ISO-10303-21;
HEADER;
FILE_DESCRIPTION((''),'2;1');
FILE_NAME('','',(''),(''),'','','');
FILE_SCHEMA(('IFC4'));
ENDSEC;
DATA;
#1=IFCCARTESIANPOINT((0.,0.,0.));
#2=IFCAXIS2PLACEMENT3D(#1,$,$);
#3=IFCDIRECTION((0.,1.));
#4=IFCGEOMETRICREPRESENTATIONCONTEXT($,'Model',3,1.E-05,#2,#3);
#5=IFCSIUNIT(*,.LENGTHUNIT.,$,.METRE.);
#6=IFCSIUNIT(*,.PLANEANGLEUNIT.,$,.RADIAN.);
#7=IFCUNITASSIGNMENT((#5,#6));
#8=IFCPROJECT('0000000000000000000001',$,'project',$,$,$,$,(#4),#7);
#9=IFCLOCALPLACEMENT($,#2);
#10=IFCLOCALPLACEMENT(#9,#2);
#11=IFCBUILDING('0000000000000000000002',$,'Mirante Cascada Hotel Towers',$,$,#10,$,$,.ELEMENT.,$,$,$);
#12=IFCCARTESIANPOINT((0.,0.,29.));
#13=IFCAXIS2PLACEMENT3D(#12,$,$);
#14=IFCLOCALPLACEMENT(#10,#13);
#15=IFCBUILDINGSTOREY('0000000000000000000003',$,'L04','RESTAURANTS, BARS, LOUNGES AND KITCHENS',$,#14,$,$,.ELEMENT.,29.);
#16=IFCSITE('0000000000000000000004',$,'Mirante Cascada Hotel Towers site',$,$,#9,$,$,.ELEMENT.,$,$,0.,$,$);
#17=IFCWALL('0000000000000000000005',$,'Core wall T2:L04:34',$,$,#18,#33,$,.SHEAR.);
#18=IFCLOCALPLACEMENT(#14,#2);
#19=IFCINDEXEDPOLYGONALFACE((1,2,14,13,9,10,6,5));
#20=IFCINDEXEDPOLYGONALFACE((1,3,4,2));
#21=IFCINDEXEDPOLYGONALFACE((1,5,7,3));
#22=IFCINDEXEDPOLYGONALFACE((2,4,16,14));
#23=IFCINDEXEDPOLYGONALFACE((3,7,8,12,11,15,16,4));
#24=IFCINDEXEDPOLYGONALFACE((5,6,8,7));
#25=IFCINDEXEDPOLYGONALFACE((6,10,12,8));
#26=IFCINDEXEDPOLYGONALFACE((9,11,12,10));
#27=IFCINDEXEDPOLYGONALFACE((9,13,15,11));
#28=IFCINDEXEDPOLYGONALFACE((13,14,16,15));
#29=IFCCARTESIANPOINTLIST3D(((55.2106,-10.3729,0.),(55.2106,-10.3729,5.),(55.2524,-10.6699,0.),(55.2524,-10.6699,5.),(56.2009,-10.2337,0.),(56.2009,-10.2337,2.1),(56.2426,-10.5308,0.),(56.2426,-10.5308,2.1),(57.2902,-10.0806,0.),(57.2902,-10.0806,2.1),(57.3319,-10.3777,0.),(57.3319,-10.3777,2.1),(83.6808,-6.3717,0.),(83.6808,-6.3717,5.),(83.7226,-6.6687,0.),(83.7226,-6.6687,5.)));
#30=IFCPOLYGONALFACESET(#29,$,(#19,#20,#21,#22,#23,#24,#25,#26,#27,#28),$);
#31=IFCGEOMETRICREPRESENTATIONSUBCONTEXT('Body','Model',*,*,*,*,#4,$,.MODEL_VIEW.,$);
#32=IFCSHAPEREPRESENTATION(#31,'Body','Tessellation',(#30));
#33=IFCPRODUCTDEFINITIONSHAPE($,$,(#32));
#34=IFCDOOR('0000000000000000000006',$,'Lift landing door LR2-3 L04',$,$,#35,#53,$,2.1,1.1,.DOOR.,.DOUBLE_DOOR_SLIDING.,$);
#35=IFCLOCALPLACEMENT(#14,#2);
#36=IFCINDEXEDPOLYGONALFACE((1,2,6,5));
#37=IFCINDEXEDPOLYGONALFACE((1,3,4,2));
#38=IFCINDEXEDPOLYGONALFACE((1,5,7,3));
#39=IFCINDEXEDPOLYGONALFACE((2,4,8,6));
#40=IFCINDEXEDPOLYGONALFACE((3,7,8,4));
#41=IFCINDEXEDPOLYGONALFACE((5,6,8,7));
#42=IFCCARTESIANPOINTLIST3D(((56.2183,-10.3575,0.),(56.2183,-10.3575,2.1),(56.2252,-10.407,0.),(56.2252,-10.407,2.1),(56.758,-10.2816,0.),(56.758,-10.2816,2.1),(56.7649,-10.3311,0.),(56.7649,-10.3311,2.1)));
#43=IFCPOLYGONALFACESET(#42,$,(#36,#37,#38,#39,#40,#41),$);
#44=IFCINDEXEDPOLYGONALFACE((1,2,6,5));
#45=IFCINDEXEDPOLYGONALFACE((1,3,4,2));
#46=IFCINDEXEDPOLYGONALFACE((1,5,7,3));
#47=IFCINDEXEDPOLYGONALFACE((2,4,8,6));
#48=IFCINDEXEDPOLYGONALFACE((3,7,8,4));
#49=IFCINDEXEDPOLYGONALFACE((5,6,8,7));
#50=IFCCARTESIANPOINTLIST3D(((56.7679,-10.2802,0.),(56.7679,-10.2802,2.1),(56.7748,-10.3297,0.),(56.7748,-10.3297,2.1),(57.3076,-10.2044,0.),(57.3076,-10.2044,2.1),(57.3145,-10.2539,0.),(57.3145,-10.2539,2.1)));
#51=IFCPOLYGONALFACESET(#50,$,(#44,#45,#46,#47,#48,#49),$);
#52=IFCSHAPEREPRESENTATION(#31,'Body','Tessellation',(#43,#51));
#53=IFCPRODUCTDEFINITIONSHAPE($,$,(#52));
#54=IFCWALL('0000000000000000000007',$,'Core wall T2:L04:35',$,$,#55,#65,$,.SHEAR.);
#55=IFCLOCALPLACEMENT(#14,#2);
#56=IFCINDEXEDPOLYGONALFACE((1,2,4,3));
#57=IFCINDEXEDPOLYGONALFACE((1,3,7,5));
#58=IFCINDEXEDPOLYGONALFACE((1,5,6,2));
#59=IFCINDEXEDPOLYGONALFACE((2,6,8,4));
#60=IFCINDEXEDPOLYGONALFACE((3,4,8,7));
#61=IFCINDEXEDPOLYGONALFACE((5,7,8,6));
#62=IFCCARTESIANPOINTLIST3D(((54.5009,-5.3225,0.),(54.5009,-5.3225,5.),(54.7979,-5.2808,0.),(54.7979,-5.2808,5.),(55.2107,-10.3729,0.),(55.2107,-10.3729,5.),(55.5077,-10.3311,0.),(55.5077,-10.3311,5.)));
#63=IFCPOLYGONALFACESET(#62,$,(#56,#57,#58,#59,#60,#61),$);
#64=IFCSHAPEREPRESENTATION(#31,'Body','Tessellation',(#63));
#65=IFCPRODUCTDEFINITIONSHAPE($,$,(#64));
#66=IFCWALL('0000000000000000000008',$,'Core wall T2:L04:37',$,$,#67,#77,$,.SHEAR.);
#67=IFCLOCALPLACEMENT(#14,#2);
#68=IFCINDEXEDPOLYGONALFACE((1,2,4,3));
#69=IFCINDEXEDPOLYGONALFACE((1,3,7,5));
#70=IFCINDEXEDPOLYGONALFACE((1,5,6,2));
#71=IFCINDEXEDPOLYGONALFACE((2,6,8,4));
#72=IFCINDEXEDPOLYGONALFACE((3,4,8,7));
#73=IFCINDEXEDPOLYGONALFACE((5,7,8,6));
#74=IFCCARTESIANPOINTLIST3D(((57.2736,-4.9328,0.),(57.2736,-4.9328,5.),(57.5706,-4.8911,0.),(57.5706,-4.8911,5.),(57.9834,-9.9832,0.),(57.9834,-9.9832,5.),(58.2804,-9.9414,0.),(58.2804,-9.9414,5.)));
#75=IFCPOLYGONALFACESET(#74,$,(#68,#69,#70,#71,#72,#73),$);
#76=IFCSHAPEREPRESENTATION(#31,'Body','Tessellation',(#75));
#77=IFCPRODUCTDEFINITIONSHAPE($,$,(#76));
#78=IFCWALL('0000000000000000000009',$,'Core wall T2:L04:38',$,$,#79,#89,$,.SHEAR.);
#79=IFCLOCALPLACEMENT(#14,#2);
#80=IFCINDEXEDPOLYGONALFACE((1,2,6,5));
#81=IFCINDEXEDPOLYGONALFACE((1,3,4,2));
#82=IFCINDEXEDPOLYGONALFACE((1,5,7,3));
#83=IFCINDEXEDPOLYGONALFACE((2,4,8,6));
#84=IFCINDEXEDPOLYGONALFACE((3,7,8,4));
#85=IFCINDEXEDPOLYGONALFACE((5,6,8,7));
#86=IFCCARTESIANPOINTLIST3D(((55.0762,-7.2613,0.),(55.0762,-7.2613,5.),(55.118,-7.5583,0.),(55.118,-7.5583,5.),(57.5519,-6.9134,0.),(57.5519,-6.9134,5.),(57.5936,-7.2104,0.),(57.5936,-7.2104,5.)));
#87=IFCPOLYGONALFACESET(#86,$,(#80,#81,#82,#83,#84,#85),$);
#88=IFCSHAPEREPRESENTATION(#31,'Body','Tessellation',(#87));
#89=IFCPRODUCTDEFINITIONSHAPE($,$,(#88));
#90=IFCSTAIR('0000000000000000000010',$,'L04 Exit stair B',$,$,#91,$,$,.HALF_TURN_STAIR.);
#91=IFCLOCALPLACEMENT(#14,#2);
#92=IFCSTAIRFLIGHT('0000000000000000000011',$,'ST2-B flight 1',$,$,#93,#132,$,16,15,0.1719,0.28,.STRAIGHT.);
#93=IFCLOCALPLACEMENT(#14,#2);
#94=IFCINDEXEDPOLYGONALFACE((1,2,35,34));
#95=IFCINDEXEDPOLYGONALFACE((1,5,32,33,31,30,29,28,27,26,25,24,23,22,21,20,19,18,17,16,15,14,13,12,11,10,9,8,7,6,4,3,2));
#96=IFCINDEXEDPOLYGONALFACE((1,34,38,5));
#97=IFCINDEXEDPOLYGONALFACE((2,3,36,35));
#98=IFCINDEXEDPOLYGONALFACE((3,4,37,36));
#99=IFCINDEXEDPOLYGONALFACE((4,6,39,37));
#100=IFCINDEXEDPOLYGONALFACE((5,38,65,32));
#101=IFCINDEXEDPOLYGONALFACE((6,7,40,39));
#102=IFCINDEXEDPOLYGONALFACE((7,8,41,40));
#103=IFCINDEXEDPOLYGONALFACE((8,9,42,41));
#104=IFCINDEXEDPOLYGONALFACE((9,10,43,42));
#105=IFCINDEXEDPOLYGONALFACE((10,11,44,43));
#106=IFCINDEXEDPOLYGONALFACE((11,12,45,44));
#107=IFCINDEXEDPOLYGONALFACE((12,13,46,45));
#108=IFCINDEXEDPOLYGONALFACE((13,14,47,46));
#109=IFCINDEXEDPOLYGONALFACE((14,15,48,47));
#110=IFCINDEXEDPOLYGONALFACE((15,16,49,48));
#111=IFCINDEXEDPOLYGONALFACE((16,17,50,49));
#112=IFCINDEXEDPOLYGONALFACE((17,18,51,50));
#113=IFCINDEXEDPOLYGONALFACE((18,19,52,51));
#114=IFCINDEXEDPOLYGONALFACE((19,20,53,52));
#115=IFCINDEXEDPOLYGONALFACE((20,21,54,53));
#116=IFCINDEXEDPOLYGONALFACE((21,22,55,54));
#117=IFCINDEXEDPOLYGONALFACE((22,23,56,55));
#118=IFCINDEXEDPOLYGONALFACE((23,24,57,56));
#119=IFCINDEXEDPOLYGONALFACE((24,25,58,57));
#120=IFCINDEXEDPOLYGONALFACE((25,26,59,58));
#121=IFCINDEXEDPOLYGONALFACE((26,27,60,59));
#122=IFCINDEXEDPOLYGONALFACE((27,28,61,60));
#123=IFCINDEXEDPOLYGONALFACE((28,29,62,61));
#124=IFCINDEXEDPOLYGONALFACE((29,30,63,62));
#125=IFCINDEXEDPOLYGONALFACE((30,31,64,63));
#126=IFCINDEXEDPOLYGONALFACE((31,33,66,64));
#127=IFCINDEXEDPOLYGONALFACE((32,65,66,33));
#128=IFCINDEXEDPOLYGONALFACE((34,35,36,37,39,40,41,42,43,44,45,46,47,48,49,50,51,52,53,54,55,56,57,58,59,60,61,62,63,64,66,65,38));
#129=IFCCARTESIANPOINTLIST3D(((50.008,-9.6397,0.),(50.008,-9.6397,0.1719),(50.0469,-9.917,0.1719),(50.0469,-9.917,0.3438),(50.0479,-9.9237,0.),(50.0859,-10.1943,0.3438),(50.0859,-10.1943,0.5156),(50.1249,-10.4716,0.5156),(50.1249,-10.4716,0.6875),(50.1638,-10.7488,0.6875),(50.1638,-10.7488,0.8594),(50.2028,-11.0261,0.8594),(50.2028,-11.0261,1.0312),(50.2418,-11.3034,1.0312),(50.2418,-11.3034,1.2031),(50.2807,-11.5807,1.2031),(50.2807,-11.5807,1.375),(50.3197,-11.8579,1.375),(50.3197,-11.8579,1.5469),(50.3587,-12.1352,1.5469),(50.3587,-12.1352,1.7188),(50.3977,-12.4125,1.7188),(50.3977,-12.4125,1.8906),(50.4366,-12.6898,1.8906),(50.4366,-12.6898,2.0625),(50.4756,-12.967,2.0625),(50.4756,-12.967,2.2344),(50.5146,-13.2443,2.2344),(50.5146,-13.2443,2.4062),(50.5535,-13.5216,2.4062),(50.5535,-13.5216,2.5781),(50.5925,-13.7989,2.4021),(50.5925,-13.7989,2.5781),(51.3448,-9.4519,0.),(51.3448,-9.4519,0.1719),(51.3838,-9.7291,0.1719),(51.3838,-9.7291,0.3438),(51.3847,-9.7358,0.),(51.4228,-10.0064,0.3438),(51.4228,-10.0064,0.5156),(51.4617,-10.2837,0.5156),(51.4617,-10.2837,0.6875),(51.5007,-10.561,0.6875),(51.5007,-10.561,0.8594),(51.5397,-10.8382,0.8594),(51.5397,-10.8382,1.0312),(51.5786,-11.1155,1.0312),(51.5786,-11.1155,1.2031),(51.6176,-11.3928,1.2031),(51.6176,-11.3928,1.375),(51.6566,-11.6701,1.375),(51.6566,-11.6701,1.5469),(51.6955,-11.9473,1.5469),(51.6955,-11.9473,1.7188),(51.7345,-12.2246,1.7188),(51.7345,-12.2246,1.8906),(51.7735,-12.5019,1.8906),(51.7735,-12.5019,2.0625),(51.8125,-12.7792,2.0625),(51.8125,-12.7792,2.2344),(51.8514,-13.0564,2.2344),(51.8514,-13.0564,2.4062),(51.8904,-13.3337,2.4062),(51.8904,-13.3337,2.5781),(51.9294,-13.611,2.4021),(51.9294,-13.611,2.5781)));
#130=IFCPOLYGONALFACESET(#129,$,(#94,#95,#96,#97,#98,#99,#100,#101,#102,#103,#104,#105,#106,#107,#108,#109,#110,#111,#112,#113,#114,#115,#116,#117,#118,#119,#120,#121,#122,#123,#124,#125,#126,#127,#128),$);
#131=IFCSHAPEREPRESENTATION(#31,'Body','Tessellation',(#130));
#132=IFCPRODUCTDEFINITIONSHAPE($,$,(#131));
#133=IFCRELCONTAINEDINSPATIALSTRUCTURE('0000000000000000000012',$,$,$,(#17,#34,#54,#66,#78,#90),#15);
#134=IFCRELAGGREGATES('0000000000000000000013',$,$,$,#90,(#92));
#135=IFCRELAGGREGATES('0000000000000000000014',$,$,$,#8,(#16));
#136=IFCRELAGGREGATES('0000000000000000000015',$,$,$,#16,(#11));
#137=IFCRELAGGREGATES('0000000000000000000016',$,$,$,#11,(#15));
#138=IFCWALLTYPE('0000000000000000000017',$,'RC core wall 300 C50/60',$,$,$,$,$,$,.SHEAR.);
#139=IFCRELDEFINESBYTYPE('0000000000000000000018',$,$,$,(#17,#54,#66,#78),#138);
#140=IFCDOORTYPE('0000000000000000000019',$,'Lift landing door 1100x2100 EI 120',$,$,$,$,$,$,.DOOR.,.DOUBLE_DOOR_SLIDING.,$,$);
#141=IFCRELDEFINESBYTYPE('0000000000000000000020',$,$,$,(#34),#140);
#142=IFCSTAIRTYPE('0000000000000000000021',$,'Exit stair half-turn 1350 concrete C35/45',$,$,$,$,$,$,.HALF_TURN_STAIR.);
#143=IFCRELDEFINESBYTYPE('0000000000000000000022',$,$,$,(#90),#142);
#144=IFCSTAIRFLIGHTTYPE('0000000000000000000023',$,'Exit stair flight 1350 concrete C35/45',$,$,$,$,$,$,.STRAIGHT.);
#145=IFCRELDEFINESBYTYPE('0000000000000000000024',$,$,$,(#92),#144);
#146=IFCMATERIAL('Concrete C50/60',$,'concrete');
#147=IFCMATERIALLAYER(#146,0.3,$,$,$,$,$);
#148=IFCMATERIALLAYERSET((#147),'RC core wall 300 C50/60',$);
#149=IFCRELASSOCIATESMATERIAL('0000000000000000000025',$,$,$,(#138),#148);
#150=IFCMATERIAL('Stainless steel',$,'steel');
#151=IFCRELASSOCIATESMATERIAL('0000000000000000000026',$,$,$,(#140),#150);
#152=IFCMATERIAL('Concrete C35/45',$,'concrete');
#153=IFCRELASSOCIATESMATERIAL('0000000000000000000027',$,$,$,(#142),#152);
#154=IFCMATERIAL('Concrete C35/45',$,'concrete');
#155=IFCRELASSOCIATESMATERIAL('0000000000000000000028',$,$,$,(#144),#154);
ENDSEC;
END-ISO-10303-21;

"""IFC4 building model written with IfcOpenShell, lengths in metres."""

from ifc_helpers import new_model, si_unit, direction, frame, frame_2d, origin, place, context, subcontext, project, spatial, polyline, rectangle, outline, extrude, material, layer, layer_set, type_object, element, fill, aggregate, save


model = new_model("IFC4")

# Units and contexts
model_context = context("Model", 3, precision=1e-05, world=origin(), true_north=direction((0.0, 1.0)))
body_context = subcontext(model_context, "Body", "Model", "MODEL_VIEW")
ifc_project = project(units=[si_unit("LENGTHUNIT", "METRE"), si_unit("PLANEANGLEUNIT", "RADIAN")], contexts=[model_context])

# Site, building, storey
site_placement = place(None, origin())
site = spatial("IfcSite", under=ifc_project, at=site_placement, Name="Mirante Cascada Hotel Towers site", CompositionType="ELEMENT", RefElevation=0.0)
building_placement = place(site_placement, origin())
building = spatial("IfcBuilding", under=site, at=building_placement, Name="Mirante Cascada Hotel Towers", CompositionType="ELEMENT")
storey_placement = place(building_placement, frame((0.0, 0.0, 29.0)))
storey = spatial("IfcBuildingStorey", under=building, at=storey_placement, Name="L04", Description="RESTAURANTS, BARS, LOUNGES AND KITCHENS", CompositionType="ELEMENT", Elevation=29.0)

# Wall, opening, door
ifc_material_1 = material(Name="Concrete C50/60", Category="concrete")
ifc_layer_1 = layer(ifc_material_1, 0.3)
ifc_layer_set_1 = layer_set([ifc_layer_1], Name="RC core wall 300 C50/60")
wall_type_1 = type_object("IfcWallType", Name="RC core wall 300 C50/60", PredefinedType="SHEAR", material=ifc_layer_set_1)
wall_1_placement = place(storey_placement, frame((55.2315, -10.5214, 0.0), z_axis=(0.0, 0.0, 1.0), x_axis=(0.990268, 0.139172, 0.0)))
wall_1 = element("IfcWall", 1, at=wall_1_placement, inside=storey, type_object=wall_type_1, Name="Core wall T2:L04:34", PredefinedType="SHEAR", context=body_context, shape_type="SweptSolid", body=[
    extrude(rectangle(XDim=28.75, YDim=0.3, at=frame_2d((14.375, 0.0))), origin(), (0.0, 0.0, 1.0), 5.0),
])
opening_1_placement = place(wall_1_placement, frame((1.0, 0.0, 0.0)))
opening_1 = element("IfcOpeningElement", 2, at=opening_1_placement, cuts=wall_1, PredefinedType="OPENING", context=body_context, shape_type="SweptSolid", body=[
    extrude(rectangle(XDim=1.1, YDim=2.1, at=frame_2d((0.55, 1.05))), frame((0.0, 0.15, 0.0), z_axis=(0.0, -1.0, 0.0), x_axis=(1.0, 0.0, 0.0)), (0.0, 0.0, 1.0), 0.3),
])
ifc_material_2 = material(Name="Stainless steel", Category="steel")
door_type_1 = type_object("IfcDoorType", Name="Lift landing door 1100x2100 EI 120", OperationType="DOUBLE_DOOR_SLIDING", PredefinedType="DOOR", material=ifc_material_2)
door_1_placement = place(opening_1_placement, origin())
door_1 = element("IfcDoor", 3, at=door_1_placement, inside=storey, type_object=door_type_1, Name="Lift landing door LR2-3 L04", OperationType="DOUBLE_DOOR_SLIDING", OverallHeight=2.1, OverallWidth=1.1, PredefinedType="DOOR", context=body_context, shape_type="SweptSolid", body=[
    extrude(rectangle(XDim=0.545, YDim=2.1, at=frame_2d((0.2725, 1.05))), frame((0.0, 0.025, 0.0), z_axis=(0.0, -1.0, 0.0), x_axis=(1.0, 0.0, 0.0)), (0.0, 0.0, 1.0), 0.05),
    extrude(rectangle(XDim=0.545, YDim=2.1, at=frame_2d((0.8275, 1.05))), frame((0.0, 0.025, 0.0), z_axis=(0.0, -1.0, 0.0), x_axis=(1.0, 0.0, 0.0)), (0.0, 0.0, 1.0), 0.05),
])
fill(opening_1, door_1)

# Walls
for number, where, z_axis, x_axis, name in (
    (4, (55.3592, -10.352, 0.0), (0.0, 0.0, 1.0), (-0.139176, 0.990268, 0.0), "Core wall T2:L04:35"),
    (5, (58.1319, -9.9623, 0.0), (0.0, 0.0, 1.0), (-0.139176, 0.990268, 0.0), "Core wall T2:L04:37"),
):
    element("IfcWall", number, at=place(storey_placement, frame(where, z_axis=z_axis, x_axis=x_axis)), inside=storey, type_object=wall_type_1, Name=name, PredefinedType="SHEAR", context=body_context, shape_type="SweptSolid", body=[
        extrude(rectangle(XDim=5.1, YDim=0.3, at=frame_2d((2.55, 0.0))), origin(), (0.0, 0.0, 1.0), 5.0),
    ])
wall_2_placement = place(storey_placement, frame((55.0971, -7.4098, 0.0), z_axis=(0.0, 0.0, 1.0), x_axis=(0.99027, 0.139159, 0.0)))
element("IfcWall", 6, at=wall_2_placement, inside=storey, type_object=wall_type_1, Name="Core wall T2:L04:38", PredefinedType="SHEAR", context=body_context, shape_type="SweptSolid", body=[
    extrude(rectangle(XDim=2.5, YDim=0.3, at=frame_2d((1.25, 0.0))), origin(), (0.0, 0.0, 1.0), 5.0),
])

# Stair, stair flight
ifc_material_3 = material(Name="Concrete C35/45", Category="concrete")
stair_type = type_object("IfcStairType", Name="Exit stair half-turn 1350 concrete C35/45", PredefinedType="HALF_TURN_STAIR", material=ifc_material_3)
stair_placement = place(storey_placement, origin())
stair = element("IfcStair", 7, at=stair_placement, inside=storey, type_object=stair_type, Name="L04 Exit stair B", PredefinedType="HALF_TURN_STAIR")
ifc_material_4 = material(Name="Concrete C35/45", Category="concrete")
stair_flight_type = type_object("IfcStairFlightType", Name="Exit stair flight 1350 concrete C35/45", PredefinedType="STRAIGHT", material=ifc_material_4)
stair_flight_placement = place(storey_placement, frame((50.6764, -9.5458, 0.0), z_axis=(0.0, 0.0, 1.0), x_axis=(0.139173, -0.990268, 0.0)))
stair_flight = element("IfcStairFlight", 8, at=stair_flight_placement, type_object=stair_flight_type, Name="ST2-B flight 1", NumberOfRisers=16, NumberOfTreads=15, PredefinedType="STRAIGHT", RiserHeight=0.1719, TreadLength=0.28, context=body_context, shape_type="SweptSolid", body=[
    extrude(outline(polyline([(0.0, 0.0), (0.0, 0.1719), (0.28, 0.1719), (0.28, 0.3438), (0.56, 0.3438), (0.56, 0.5156), (0.84, 0.5156), (0.84, 0.6875), (1.12, 0.6875), (1.12, 0.8594), (1.4, 0.8594), (1.4, 1.0312), (1.68, 1.0312), (1.68, 1.2031), (1.96, 1.2031), (1.96, 1.375), (2.24, 1.375), (2.24, 1.5469), (2.52, 1.5469), (2.52, 1.7188), (2.8, 1.7188), (2.8, 1.8906), (3.08, 1.8906), (3.08, 2.0625), (3.36, 2.0625), (3.36, 2.2344), (3.64, 2.2344), (3.64, 2.4062), (3.92, 2.4062), (3.92, 2.5781), (4.2, 2.5781), (4.2, 2.75), (4.2, 2.4021), (0.2867, 0.0), (0.0, 0.0)])), frame((0.0, 0.675, 0.0), z_axis=(0.0, -1.0, 0.0), x_axis=(1.0, 0.0, 0.0)), (0.0, 0.0, 1.0), 1.35),
])
aggregate(stair, [stair_flight])

save(model, "model.ifc")
